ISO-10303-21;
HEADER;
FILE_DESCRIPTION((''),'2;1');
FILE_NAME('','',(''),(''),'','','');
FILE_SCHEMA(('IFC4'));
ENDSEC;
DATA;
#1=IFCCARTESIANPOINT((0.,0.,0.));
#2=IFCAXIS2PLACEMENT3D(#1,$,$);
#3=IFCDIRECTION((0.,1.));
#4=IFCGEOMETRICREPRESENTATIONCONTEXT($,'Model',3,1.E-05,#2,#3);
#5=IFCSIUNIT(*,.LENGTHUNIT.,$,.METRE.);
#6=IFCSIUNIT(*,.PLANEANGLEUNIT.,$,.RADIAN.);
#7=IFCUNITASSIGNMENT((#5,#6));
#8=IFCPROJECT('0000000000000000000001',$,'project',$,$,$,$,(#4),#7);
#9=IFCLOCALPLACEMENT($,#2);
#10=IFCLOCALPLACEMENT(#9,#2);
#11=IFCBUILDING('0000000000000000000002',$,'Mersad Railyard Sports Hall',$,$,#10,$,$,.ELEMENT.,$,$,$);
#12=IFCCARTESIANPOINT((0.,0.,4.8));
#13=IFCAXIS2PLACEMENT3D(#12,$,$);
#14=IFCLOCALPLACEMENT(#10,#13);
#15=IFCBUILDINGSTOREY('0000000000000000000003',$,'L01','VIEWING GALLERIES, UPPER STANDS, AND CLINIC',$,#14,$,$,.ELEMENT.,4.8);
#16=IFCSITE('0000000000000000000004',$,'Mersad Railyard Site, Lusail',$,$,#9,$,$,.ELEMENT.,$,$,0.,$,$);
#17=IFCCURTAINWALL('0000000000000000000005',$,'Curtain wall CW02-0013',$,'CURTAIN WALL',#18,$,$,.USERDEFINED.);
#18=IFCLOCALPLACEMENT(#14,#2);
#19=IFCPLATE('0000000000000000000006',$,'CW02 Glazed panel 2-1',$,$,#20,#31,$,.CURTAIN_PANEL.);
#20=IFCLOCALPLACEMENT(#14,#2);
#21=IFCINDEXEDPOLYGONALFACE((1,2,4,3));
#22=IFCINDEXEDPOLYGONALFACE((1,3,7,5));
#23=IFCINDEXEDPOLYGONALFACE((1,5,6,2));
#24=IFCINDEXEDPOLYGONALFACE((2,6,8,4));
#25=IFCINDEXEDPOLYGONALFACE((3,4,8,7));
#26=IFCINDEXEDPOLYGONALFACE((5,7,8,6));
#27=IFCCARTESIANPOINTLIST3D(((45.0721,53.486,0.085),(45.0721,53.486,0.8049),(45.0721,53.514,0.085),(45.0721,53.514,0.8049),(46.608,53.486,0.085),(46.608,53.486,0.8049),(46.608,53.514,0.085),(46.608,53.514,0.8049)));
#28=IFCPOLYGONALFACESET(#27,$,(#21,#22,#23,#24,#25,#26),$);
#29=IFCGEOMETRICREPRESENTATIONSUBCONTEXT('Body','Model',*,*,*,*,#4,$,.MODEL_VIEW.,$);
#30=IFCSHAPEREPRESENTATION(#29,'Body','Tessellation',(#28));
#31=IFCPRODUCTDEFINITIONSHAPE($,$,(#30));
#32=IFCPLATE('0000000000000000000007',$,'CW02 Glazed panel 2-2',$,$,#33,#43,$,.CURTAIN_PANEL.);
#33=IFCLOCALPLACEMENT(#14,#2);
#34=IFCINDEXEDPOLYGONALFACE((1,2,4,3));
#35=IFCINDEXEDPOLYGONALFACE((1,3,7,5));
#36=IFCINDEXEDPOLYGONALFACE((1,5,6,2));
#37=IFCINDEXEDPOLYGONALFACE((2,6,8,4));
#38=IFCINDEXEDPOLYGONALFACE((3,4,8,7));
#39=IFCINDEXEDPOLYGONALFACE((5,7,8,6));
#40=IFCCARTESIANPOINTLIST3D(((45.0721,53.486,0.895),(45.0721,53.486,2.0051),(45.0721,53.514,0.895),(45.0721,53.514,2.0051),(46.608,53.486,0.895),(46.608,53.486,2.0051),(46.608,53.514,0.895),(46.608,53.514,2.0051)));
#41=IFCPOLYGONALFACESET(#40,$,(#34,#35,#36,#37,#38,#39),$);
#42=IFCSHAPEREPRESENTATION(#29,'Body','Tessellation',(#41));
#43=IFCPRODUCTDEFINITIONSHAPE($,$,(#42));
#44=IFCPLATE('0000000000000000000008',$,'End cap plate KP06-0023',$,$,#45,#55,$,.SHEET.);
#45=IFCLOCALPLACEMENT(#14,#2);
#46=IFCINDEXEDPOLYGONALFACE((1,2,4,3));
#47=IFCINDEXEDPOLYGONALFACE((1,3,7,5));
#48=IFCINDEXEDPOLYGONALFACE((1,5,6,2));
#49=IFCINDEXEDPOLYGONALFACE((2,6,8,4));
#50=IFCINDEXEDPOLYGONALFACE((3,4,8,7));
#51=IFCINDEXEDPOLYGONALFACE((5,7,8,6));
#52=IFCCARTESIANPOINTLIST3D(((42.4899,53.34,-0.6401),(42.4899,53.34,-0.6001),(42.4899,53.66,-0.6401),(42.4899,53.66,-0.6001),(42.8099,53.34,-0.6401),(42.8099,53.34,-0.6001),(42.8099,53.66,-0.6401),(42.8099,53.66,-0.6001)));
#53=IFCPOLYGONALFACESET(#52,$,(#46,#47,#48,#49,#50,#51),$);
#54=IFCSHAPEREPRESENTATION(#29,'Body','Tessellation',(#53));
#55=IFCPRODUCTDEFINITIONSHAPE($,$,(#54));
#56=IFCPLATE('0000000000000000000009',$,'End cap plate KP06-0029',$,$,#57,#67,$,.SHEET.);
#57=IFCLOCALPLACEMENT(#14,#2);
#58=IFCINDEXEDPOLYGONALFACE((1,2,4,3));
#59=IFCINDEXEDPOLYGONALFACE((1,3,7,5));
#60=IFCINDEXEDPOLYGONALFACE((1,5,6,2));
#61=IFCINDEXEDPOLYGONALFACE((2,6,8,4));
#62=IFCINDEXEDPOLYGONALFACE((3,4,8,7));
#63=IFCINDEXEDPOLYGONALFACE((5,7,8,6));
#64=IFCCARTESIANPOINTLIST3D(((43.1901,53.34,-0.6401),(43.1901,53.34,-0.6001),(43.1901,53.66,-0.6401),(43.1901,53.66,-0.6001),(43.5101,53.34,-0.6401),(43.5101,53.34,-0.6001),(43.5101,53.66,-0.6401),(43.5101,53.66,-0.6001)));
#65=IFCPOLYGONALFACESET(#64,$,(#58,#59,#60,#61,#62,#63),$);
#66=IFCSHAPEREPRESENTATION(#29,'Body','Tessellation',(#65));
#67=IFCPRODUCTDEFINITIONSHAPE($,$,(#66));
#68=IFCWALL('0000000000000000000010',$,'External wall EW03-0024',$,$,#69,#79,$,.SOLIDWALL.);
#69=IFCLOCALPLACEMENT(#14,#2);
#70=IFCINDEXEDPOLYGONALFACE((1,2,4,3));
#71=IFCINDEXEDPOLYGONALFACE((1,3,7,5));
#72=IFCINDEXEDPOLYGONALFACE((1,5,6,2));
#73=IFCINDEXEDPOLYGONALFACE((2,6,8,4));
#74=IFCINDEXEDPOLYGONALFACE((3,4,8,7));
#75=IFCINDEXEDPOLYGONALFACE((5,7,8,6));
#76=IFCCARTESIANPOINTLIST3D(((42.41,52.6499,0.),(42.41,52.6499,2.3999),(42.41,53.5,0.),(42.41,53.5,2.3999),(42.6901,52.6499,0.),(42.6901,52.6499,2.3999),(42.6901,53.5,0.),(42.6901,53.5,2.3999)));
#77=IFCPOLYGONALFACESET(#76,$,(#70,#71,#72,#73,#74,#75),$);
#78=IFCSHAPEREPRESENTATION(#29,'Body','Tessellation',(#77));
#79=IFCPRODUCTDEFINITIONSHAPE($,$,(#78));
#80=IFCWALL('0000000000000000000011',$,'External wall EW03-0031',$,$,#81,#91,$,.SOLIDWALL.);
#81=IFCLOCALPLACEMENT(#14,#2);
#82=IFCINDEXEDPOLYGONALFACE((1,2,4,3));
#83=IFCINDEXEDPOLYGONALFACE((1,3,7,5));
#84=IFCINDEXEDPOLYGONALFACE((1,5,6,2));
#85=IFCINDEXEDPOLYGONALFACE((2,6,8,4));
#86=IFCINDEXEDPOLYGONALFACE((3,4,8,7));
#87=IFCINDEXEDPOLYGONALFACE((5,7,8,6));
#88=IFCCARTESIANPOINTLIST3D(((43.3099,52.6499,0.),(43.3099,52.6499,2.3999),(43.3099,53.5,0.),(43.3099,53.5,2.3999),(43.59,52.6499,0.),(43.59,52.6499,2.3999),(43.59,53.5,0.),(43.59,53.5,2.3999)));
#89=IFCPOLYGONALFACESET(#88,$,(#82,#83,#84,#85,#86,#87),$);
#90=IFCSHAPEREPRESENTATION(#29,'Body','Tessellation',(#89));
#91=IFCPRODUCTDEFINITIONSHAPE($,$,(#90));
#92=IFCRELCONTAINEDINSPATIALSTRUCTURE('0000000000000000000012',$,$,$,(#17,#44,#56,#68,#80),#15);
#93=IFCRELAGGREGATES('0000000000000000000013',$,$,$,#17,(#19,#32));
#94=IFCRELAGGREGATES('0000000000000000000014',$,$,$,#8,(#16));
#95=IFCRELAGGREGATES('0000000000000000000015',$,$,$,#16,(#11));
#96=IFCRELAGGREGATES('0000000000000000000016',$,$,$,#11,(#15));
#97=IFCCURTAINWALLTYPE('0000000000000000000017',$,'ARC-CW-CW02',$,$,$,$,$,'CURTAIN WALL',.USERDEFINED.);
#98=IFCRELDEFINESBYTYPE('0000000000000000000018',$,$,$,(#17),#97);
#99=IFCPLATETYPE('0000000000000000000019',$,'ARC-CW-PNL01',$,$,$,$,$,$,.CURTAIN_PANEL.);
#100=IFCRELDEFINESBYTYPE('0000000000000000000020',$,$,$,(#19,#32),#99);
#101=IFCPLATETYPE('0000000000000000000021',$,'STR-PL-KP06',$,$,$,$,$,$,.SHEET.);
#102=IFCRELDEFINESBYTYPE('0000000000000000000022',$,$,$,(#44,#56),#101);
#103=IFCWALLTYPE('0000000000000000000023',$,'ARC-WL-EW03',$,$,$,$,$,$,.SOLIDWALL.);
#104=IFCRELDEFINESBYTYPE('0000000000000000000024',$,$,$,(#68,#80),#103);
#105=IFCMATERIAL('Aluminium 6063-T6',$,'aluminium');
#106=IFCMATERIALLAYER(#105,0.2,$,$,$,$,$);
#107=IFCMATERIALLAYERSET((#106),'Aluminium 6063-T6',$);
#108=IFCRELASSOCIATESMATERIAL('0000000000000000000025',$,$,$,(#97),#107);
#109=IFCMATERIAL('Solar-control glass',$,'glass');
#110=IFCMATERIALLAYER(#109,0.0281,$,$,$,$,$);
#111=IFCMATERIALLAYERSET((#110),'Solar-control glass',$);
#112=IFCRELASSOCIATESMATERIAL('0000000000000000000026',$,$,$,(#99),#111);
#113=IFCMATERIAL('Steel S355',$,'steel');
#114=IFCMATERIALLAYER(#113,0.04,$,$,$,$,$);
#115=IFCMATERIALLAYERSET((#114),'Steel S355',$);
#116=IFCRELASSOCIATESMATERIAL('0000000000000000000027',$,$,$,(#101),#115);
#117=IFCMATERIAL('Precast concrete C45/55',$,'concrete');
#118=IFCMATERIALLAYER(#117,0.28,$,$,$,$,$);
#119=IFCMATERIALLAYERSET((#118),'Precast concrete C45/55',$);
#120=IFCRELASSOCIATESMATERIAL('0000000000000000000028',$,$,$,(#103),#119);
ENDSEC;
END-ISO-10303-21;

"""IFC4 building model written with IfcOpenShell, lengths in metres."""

from ifc_helpers import new_model, si_unit, direction, frame, frame_2d, origin, origin_2d, place, context, subcontext, project, spatial, rectangle, extrude, material, layer, layer_set, type_object, element, aggregate, save


model = new_model("IFC4")

# Units and contexts
model_context = context("Model", 3, precision=1e-05, world=origin(), true_north=direction((0.0, 1.0)))
body_context = subcontext(model_context, "Body", "Model", "MODEL_VIEW")
ifc_project = project(units=[si_unit("LENGTHUNIT", "METRE"), si_unit("PLANEANGLEUNIT", "RADIAN")], contexts=[model_context])

# Site, building, storey
site_placement = place(None, origin())
site = spatial("IfcSite", under=ifc_project, at=site_placement, Name="Mersad Railyard Site, Lusail", CompositionType="ELEMENT", RefElevation=0.0)
building_placement = place(site_placement, origin())
building = spatial("IfcBuilding", under=site, at=building_placement, Name="Mersad Railyard Sports Hall", CompositionType="ELEMENT")
storey_placement = place(building_placement, frame((0.0, 0.0, 4.8)))
storey = spatial("IfcBuildingStorey", under=building, at=storey_placement, Name="L01", Description="VIEWING GALLERIES, UPPER STANDS, AND CLINIC", CompositionType="ELEMENT", Elevation=4.8)

# Curtain wall
ifc_material_1 = material(Name="Aluminium 6063-T6", Category="aluminium")
ifc_layer_1 = layer(ifc_material_1, 0.2)
ifc_layer_set_1 = layer_set([ifc_layer_1], Name="Aluminium 6063-T6")
curtain_wall_type = type_object("IfcCurtainWallType", Name="ARC-CW-CW02", ElementType="CURTAIN WALL", PredefinedType="USERDEFINED", material=ifc_layer_set_1)
curtain_wall_1_placement = place(storey_placement, origin())
curtain_wall_1 = element("IfcCurtainWall", 1, at=curtain_wall_1_placement, inside=storey, type_object=curtain_wall_type, Name="Curtain wall CW02-0013", ObjectType="CURTAIN WALL", PredefinedType="USERDEFINED")

# Shared definitions
ifc_material_2 = material(Name="Steel S355", Category="steel")

# Plates
ifc_material_3 = material(Name="Solar-control glass", Category="glass")
ifc_layer_2 = layer(ifc_material_3, 0.0281)
ifc_layer_set_2 = layer_set([ifc_layer_2], Name="Solar-control glass")
plate_type_1 = type_object("IfcPlateType", Name="ARC-CW-PNL01", PredefinedType="CURTAIN_PANEL", material=ifc_layer_set_2)
plate_1_placement = place(storey_placement, frame((45.8401, 53.5, 0.085), z_axis=(0.0, 0.0, 1.0), x_axis=(1.0, 0.0, 0.0)))
plate_1 = element("IfcPlate", 2, at=plate_1_placement, type_object=plate_type_1, Name="CW02 Glazed panel 2-1", PredefinedType="CURTAIN_PANEL", context=body_context, shape_type="SweptSolid", body=[
    extrude(rectangle(XDim=1.5359, YDim=0.0281, at=origin_2d()), origin(), (0.0, 0.0, 1.0), 0.72),
])
plate_2_placement = place(storey_placement, frame((45.8401, 53.5, 0.895), z_axis=(0.0, 0.0, 1.0), x_axis=(1.0, 0.0, 0.0)))
plate_2 = element("IfcPlate", 3, at=plate_2_placement, type_object=plate_type_1, Name="CW02 Glazed panel 2-2", PredefinedType="CURTAIN_PANEL", context=body_context, shape_type="SweptSolid", body=[
    extrude(rectangle(XDim=1.5359, YDim=0.0281, at=origin_2d()), origin(), (0.0, 0.0, 1.0), 1.1101),
])
aggregate(curtain_wall_1, [plate_1, plate_2])

# Plates
ifc_layer_3 = layer(ifc_material_2, 0.04)
ifc_layer_set_3 = layer_set([ifc_layer_3], Name="Steel S355")
plate_type_2 = type_object("IfcPlateType", Name="STR-PL-KP06", PredefinedType="SHEET", material=ifc_layer_set_3)
for number, where, z_axis, x_axis, name in (
    (4, (42.6499, 53.5, -0.6401), (0.0, 0.0, 1.0), (1.0, 0.0, 0.0), "End cap plate KP06-0023"),
    (5, (43.3501, 53.5, -0.6401), (0.0, 0.0, 1.0), (1.0, 0.0, 0.0), "End cap plate KP06-0029"),
):
    element("IfcPlate", number, at=place(storey_placement, frame(where, z_axis=z_axis, x_axis=x_axis)), inside=storey, type_object=plate_type_2, Name=name, PredefinedType="SHEET", context=body_context, shape_type="SweptSolid", body=[
        extrude(rectangle(XDim=0.3201, YDim=0.3201, at=origin_2d()), origin(), (0.0, 0.0, 1.0), 0.04),
    ])

# Walls
ifc_material_4 = material(Name="Precast concrete C45/55", Category="concrete")
ifc_layer_4 = layer(ifc_material_4, 0.28)
ifc_layer_set_4 = layer_set([ifc_layer_4], Name="Precast concrete C45/55")
wall_type = type_object("IfcWallType", Name="ARC-WL-EW03", PredefinedType="SOLIDWALL", material=ifc_layer_set_4)
for number, where, z_axis, x_axis, name in (
    (6, (42.55, 53.5, 0.0), (0.0, 0.0, 1.0), (0.0, -1.0, 0.0), "External wall EW03-0024"),
    (7, (43.45, 52.6499, 0.0), (0.0, 0.0, 1.0), (0.0, 1.0, 0.0), "External wall EW03-0031"),
):
    element("IfcWall", number, at=place(storey_placement, frame(where, z_axis=z_axis, x_axis=x_axis)), inside=storey, type_object=wall_type, Name=name, PredefinedType="SOLIDWALL", context=body_context, shape_type="SweptSolid", body=[
        extrude(rectangle(XDim=0.8501, YDim=0.28, at=frame_2d((0.425, 0.0))), origin(), (0.0, 0.0, 1.0), 2.3999),
    ])

save(model, "model.ifc")
